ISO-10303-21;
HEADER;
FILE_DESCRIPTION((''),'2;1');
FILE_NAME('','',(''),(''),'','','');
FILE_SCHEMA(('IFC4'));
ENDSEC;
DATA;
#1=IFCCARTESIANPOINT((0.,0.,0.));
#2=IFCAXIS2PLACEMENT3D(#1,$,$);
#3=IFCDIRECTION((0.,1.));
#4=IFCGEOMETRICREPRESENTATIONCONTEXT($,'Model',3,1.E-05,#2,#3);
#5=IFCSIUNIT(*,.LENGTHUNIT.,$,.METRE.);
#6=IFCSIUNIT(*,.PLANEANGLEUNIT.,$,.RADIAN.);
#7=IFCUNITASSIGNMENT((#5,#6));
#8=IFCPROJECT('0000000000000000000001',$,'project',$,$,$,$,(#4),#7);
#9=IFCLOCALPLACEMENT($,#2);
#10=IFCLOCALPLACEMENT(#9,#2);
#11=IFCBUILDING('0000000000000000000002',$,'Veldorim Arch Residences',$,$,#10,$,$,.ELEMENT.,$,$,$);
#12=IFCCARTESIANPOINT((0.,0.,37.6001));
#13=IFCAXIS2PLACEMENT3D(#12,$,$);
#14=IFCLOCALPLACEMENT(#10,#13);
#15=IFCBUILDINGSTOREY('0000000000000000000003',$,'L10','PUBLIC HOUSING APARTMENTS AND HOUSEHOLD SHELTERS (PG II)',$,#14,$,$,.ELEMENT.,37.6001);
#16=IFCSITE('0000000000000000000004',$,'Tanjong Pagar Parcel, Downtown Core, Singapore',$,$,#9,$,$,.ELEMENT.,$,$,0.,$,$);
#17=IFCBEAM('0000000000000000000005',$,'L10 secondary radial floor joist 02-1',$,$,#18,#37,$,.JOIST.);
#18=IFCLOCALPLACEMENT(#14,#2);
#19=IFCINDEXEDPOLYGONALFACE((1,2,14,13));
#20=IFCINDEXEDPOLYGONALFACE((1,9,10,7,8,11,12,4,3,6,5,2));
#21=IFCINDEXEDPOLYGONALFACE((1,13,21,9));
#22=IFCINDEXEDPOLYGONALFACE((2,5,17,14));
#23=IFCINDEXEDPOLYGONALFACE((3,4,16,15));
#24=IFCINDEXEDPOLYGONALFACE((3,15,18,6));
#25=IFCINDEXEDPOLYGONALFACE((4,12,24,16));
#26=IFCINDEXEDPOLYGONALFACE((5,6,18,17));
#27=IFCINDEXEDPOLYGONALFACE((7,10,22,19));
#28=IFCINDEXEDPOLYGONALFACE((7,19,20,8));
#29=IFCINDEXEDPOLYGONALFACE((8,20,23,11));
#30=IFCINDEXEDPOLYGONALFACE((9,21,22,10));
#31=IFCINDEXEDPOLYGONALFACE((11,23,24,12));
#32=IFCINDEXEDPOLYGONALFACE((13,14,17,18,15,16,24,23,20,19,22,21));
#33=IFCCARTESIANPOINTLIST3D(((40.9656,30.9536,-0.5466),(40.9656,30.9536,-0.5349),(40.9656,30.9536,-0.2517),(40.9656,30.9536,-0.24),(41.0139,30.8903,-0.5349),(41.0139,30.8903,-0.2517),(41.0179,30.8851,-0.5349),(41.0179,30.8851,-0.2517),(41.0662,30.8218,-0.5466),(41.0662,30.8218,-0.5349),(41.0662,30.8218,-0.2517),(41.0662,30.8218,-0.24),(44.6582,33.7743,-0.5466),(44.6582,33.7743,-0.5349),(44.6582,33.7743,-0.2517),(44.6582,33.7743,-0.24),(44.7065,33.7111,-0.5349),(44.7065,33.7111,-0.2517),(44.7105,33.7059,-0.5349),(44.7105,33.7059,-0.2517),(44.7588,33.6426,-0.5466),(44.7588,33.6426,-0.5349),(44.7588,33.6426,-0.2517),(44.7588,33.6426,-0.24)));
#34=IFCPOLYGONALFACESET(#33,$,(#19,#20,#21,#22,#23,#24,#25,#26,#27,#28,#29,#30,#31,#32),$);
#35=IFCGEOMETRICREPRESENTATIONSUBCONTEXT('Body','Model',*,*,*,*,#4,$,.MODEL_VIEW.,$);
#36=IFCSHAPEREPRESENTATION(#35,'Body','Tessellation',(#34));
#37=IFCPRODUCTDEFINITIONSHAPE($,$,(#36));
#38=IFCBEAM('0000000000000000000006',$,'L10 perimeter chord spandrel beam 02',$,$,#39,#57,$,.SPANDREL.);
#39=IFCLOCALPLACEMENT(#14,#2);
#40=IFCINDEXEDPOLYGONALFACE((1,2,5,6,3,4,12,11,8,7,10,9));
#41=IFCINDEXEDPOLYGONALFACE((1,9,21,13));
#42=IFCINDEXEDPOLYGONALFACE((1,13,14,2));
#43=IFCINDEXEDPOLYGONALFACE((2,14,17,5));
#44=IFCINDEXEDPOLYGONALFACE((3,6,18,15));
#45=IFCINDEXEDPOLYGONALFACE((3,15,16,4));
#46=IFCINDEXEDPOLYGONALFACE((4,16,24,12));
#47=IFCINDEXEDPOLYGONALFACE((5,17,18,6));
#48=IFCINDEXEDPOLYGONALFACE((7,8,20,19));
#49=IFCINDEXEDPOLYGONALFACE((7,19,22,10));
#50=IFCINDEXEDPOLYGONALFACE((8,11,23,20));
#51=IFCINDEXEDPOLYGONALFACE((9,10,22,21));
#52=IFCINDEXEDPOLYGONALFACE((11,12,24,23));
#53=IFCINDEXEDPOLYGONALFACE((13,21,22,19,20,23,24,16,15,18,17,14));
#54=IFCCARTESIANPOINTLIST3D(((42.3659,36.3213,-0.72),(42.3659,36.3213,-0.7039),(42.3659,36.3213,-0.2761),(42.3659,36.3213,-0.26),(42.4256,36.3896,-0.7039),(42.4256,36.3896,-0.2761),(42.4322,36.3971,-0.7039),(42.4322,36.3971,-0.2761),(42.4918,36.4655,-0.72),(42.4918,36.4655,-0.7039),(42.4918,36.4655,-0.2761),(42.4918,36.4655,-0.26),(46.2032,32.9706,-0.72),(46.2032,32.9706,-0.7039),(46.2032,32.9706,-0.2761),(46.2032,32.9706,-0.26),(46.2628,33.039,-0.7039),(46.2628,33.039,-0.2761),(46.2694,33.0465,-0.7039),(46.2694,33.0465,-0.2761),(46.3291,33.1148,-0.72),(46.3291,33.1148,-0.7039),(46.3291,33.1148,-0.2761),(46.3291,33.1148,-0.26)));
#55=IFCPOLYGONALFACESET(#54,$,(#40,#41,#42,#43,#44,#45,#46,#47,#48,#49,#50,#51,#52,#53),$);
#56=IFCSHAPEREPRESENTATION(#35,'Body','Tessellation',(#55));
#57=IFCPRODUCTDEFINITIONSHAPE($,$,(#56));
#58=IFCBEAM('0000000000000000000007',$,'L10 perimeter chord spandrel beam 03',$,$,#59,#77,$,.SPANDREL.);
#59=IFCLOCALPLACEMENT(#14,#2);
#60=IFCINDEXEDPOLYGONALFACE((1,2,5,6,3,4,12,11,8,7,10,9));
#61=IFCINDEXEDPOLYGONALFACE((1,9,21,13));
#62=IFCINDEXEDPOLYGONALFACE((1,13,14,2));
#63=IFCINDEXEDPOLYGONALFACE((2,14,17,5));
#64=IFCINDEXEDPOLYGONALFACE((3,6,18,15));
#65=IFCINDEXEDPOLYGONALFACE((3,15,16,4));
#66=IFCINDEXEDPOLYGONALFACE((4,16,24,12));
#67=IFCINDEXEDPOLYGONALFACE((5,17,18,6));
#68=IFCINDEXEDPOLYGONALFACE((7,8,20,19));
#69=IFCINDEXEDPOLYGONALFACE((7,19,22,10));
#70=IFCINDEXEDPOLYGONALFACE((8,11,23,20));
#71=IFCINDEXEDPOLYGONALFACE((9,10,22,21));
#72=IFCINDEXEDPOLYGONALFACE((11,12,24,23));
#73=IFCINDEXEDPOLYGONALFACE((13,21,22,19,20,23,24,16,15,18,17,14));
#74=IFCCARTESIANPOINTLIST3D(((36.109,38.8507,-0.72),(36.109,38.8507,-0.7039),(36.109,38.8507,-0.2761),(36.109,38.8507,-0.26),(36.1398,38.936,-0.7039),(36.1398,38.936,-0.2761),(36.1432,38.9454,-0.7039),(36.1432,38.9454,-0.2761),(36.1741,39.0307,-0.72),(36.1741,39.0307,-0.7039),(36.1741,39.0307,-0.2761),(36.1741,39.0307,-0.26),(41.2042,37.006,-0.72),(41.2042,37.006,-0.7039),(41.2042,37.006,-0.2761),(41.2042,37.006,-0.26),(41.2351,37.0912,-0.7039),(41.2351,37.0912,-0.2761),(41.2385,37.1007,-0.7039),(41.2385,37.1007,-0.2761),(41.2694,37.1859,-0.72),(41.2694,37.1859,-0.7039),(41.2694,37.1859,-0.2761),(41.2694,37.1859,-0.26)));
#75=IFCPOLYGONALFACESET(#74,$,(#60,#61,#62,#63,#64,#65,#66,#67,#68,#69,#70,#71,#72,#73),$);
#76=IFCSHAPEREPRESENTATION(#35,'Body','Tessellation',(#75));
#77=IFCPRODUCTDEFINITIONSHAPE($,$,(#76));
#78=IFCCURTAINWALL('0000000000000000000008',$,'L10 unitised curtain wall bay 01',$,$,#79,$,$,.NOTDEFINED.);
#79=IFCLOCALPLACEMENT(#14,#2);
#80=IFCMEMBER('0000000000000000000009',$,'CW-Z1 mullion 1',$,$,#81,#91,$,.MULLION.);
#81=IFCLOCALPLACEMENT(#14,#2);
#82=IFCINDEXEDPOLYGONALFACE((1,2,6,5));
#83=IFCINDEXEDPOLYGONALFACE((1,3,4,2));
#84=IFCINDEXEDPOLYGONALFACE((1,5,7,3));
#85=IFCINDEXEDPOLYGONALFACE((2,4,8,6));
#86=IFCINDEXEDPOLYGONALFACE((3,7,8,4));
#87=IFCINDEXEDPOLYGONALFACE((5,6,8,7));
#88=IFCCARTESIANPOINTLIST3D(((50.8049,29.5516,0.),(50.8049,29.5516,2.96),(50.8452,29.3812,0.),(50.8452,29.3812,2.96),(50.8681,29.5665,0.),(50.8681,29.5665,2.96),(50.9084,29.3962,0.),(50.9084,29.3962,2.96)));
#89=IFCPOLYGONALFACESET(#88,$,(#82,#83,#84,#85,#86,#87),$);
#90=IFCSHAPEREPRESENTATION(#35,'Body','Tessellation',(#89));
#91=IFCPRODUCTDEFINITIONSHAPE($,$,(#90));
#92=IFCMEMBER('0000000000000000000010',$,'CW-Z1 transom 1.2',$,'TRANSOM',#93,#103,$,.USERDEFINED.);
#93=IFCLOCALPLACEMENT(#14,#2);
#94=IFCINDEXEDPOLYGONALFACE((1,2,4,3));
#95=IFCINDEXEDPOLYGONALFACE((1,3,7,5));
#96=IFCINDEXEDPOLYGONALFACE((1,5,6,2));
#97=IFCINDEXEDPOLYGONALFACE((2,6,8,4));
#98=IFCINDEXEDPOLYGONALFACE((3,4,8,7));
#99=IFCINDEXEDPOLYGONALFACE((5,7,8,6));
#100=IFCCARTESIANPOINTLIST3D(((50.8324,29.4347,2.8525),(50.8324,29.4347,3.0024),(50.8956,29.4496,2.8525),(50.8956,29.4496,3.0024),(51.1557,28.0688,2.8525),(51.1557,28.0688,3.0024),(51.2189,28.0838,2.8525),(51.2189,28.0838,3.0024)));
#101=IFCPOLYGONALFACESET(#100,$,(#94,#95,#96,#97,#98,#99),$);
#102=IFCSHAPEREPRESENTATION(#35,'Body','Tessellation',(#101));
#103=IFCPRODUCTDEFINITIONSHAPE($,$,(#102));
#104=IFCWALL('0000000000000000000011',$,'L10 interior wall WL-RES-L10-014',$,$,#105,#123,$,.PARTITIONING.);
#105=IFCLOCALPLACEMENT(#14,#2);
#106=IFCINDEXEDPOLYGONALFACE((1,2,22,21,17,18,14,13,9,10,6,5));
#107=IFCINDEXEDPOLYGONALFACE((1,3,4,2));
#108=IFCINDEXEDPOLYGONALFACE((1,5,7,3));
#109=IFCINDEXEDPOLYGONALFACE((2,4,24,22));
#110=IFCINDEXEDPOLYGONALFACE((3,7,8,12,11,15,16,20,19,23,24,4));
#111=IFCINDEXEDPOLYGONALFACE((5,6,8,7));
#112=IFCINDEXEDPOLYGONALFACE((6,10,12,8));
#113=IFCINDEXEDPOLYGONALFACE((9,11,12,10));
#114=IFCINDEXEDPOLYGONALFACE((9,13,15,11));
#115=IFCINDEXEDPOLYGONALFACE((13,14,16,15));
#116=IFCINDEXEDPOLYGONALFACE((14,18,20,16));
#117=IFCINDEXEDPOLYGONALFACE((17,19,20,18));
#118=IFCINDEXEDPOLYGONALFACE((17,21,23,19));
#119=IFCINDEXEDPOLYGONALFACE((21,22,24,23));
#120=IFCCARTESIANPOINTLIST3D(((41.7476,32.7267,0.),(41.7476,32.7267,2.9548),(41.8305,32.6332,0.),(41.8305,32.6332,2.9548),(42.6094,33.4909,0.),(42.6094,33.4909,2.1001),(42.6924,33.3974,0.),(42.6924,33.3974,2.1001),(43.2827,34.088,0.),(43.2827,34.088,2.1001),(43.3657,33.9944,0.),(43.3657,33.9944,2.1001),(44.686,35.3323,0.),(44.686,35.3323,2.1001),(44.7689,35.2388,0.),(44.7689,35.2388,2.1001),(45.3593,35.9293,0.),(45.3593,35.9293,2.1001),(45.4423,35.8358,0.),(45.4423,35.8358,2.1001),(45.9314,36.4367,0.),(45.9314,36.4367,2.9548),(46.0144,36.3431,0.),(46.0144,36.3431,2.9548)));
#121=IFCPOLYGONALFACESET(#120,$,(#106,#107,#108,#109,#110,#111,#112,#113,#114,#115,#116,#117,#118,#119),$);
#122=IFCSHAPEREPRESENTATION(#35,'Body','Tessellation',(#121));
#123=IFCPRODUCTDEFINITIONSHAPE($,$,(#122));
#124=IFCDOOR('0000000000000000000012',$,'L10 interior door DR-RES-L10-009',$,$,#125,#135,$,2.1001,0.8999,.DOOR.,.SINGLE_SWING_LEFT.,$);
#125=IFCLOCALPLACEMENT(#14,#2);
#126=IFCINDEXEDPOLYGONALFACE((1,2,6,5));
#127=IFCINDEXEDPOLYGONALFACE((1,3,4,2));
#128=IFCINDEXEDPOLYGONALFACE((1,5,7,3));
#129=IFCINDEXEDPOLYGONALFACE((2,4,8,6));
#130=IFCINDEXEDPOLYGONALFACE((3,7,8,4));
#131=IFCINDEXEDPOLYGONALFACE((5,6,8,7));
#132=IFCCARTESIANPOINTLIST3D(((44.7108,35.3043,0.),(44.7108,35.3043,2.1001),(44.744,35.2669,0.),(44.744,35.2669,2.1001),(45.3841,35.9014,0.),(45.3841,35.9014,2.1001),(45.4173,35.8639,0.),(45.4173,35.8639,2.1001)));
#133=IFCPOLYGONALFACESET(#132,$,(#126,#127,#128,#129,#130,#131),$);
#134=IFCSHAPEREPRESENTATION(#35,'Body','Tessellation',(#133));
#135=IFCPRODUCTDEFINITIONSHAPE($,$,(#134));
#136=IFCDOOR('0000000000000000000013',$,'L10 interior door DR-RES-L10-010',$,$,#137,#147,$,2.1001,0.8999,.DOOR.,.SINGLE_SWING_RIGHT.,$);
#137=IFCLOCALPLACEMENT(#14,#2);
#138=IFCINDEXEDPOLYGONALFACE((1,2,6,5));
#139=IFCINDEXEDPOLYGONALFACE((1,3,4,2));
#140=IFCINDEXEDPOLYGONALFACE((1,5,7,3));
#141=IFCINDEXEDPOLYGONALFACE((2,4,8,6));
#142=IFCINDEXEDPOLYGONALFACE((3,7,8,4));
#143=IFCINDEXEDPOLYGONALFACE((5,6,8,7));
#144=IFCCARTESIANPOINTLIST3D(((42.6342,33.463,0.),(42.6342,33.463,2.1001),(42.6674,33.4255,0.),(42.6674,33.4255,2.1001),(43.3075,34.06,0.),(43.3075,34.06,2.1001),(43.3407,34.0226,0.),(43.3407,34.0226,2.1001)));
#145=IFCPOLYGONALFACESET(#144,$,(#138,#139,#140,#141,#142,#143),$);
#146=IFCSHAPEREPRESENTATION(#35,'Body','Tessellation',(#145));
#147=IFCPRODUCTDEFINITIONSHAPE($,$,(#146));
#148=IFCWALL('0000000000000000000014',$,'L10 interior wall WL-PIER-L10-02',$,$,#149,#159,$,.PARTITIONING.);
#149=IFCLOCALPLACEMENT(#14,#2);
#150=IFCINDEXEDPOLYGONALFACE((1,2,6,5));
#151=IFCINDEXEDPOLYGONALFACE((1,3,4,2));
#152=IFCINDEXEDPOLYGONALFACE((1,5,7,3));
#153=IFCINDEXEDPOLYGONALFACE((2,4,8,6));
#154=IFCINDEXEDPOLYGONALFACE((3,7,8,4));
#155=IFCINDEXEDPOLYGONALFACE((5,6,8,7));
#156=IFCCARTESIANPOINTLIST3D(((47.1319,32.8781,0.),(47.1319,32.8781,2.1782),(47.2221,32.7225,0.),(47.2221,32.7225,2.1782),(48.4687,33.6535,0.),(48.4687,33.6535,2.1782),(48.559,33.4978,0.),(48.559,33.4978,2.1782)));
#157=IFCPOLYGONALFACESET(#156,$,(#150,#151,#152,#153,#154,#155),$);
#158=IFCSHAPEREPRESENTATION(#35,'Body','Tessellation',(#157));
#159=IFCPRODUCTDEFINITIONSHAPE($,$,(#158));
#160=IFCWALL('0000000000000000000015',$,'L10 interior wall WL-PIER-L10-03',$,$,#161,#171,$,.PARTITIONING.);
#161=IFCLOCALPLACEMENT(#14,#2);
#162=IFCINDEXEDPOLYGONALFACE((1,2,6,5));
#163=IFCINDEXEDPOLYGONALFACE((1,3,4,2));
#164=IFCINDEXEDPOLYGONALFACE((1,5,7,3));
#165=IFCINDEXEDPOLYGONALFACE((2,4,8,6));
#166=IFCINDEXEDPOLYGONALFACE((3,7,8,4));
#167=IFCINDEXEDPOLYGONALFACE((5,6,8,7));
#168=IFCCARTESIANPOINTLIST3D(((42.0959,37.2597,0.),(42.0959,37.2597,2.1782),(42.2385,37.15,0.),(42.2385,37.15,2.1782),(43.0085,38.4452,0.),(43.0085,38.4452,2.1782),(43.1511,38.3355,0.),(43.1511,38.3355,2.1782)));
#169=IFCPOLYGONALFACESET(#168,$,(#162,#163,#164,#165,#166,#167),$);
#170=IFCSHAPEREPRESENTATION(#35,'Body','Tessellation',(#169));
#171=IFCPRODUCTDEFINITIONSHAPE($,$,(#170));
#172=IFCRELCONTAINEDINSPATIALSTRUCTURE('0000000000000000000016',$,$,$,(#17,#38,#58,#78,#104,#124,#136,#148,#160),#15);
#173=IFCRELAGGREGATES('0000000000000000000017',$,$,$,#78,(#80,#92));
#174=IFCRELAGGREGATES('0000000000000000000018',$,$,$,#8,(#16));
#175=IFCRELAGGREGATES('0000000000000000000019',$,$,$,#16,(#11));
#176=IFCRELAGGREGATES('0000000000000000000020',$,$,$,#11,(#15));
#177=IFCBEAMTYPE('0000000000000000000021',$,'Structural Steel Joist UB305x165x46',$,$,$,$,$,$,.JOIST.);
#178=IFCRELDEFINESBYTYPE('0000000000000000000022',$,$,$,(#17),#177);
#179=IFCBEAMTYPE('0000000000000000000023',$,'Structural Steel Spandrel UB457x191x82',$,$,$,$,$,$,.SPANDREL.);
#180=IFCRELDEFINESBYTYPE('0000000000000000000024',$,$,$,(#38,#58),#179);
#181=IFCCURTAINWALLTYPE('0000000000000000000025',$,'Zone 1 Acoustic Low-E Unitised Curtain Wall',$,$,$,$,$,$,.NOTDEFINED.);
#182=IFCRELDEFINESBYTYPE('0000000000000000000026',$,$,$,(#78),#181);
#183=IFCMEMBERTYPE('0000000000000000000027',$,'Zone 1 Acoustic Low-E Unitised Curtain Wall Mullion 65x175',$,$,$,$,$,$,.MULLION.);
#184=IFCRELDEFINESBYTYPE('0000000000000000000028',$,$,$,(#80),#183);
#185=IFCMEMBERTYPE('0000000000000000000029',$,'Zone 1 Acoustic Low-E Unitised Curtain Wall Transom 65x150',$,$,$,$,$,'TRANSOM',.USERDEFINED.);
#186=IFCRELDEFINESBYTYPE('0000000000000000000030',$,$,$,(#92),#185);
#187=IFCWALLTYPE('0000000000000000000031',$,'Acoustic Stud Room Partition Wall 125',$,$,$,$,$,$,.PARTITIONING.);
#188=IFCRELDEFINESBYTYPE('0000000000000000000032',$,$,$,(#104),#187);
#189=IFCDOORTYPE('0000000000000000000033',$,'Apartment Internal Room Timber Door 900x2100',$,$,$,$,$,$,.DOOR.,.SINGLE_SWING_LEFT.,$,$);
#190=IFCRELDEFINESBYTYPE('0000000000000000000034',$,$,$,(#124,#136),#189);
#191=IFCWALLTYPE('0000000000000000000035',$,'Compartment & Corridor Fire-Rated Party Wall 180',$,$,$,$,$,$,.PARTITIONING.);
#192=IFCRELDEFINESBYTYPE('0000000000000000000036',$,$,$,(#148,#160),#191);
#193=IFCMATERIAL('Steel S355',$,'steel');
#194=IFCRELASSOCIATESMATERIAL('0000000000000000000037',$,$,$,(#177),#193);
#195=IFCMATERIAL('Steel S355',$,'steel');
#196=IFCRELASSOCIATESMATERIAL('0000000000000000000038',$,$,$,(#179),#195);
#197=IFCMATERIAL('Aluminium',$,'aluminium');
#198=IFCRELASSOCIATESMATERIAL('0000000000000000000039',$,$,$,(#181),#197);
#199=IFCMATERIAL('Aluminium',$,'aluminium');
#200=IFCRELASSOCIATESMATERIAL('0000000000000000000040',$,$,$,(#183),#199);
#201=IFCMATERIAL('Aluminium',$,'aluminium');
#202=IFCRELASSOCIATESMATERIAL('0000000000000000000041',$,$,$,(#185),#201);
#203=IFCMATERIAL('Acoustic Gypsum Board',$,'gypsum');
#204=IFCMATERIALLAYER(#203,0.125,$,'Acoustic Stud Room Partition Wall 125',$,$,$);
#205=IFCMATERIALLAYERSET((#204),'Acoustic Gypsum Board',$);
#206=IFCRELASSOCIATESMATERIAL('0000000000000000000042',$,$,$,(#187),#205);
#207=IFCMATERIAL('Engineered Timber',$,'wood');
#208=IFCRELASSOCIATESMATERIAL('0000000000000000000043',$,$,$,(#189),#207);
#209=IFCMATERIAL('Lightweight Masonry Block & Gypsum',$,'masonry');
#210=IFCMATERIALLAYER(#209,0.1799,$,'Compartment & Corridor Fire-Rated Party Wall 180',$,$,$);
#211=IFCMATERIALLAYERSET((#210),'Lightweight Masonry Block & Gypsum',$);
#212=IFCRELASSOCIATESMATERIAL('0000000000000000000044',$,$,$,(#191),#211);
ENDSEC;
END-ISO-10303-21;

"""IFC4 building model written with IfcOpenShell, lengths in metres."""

from ifc_helpers import new_model, si_unit, direction, frame, frame_2d, origin, origin_2d, place, context, subcontext, project, spatial, rectangle, i_section, extrude, material, layer, layer_set, material_profile, profile_set, type_object, element, fill, aggregate, save


model = new_model("IFC4")

# Units and contexts
model_context = context("Model", 3, precision=1e-05, world=origin(), true_north=direction((0.0, 1.0)))
body_context = subcontext(model_context, "Body", "Model", "MODEL_VIEW")
ifc_project = project(units=[si_unit("LENGTHUNIT", "METRE"), si_unit("PLANEANGLEUNIT", "RADIAN")], contexts=[model_context])

# Site, building, storey
site_placement = place(None, origin())
site = spatial("IfcSite", under=ifc_project, at=site_placement, Name="Tanjong Pagar Parcel, Downtown Core, Singapore", CompositionType="ELEMENT", RefElevation=0.0)
building_placement = place(site_placement, origin())
building = spatial("IfcBuilding", under=site, at=building_placement, Name="Veldorim Arch Residences", CompositionType="ELEMENT")
storey_placement = place(building_placement, frame((0.0, 0.0, 37.6001)))
storey = spatial("IfcBuildingStorey", under=building, at=storey_placement, Name="L10", Description="PUBLIC HOUSING APARTMENTS AND HOUSEHOLD SHELTERS (PG II)", CompositionType="ELEMENT", Elevation=37.6001)

# Beams
ifc_material_1 = material(Name="Steel S355", Category="steel")
ifc_material_profile_1 = material_profile(ifc_material_1, i_section(OverallWidth=0.1658, OverallDepth=0.3066, WebThickness=0.0066, FlangeThickness=0.0117, at=origin_2d()), Name="UB305x165x46")
ifc_profile_set_1 = profile_set([ifc_material_profile_1], Name="Steel S355")
beam_type_1 = type_object("IfcBeamType", Name="Structural Steel Joist UB305x165x46", PredefinedType="JOIST", material=ifc_profile_set_1)
beam_1_placement = place(storey_placement, frame((41.0159, 30.8877, -0.3933), z_axis=(0.794666, 0.607046, 0.0), x_axis=(-0.607046, 0.794666, 0.0)))
element("IfcBeam", 1, at=beam_1_placement, inside=storey, type_object=beam_type_1, Name="L10 secondary radial floor joist 02-1", PredefinedType="JOIST", context=body_context, shape_type="SweptSolid", body=[
    extrude(i_section(OverallWidth=0.1658, OverallDepth=0.3066, WebThickness=0.0066, FlangeThickness=0.0117, at=origin_2d()), origin(), (0.0, 0.0, 1.0), 4.6467),
])
ifc_material_2 = material(Name="Steel S355", Category="steel")
ifc_material_profile_2 = material_profile(ifc_material_2, i_section(OverallWidth=0.1914, OverallDepth=0.46, WebThickness=0.01, FlangeThickness=0.0161, at=origin_2d()), Name="UB457x191x82")
ifc_profile_set_2 = profile_set([ifc_material_profile_2], Name="Steel S355")
beam_type_2 = type_object("IfcBeamType", Name="Structural Steel Spandrel UB457x191x82", PredefinedType="SPANDREL", material=ifc_profile_set_2)
beam_2_placement = place(storey_placement, frame((46.2661, 33.0427, -0.49), z_axis=(-0.75325, 0.657734, 0.0), x_axis=(-0.657734, -0.75325, 0.0)))
element("IfcBeam", 2, at=beam_2_placement, inside=storey, type_object=beam_type_2, Name="L10 perimeter chord spandrel beam 02", PredefinedType="SPANDREL", context=body_context, shape_type="SweptSolid", body=[
    extrude(i_section(OverallWidth=0.1914, OverallDepth=0.46, WebThickness=0.01, FlangeThickness=0.0161, at=origin_2d()), origin(), (0.0, 0.0, 1.0), 5.0942),
])
beam_3_placement = place(storey_placement, frame((41.2368, 37.0959, -0.49), z_axis=(-0.940271, 0.340426, 0.0), x_axis=(-0.340426, -0.940271, 0.0)))
element("IfcBeam", 3, at=beam_3_placement, inside=storey, type_object=beam_type_2, Name="L10 perimeter chord spandrel beam 03", PredefinedType="SPANDREL", context=body_context, shape_type="SweptSolid", body=[
    extrude(i_section(OverallWidth=0.1914, OverallDepth=0.46, WebThickness=0.01, FlangeThickness=0.0161, at=origin_2d()), origin(), (0.0, 0.0, 1.0), 5.4189),
])

# Curtain wall, members
ifc_material_3 = material(Name="Aluminium", Category="aluminium")
curtain_wall_type = type_object("IfcCurtainWallType", Name="Zone 1 Acoustic Low-E Unitised Curtain Wall", PredefinedType="NOTDEFINED", material=ifc_material_3)
curtain_wall_placement = place(storey_placement, origin())
curtain_wall = element("IfcCurtainWall", 4, at=curtain_wall_placement, inside=storey, type_object=curtain_wall_type, Name="L10 unitised curtain wall bay 01", PredefinedType="NOTDEFINED")
ifc_material_4 = material(Name="Aluminium", Category="aluminium")
ifc_material_profile_3 = material_profile(ifc_material_4, rectangle(XDim=0.0649, YDim=0.175, at=origin_2d()), Name="ALU_MUL_65x175")
ifc_profile_set_3 = profile_set([ifc_material_profile_3], Name="Aluminium")
member_type_1 = type_object("IfcMemberType", Name="Zone 1 Acoustic Low-E Unitised Curtain Wall Mullion 65x175", PredefinedType="MULLION", material=ifc_profile_set_3)
member_1_placement = place(storey_placement, frame((50.8567, 29.4739, 0.0), z_axis=(0.0, 0.0, 1.0), x_axis=(0.97313, 0.230257, 0.0)))
member_1 = element("IfcMember", 5, at=member_1_placement, type_object=member_type_1, Name="CW-Z1 mullion 1", PredefinedType="MULLION", context=body_context, shape_type="SweptSolid", body=[
    extrude(rectangle(XDim=0.0649, YDim=0.175, at=origin_2d()), origin(), (0.0, 0.0, 1.0), 2.96),
])
ifc_material_5 = material(Name="Aluminium", Category="aluminium")
ifc_material_profile_4 = material_profile(ifc_material_5, rectangle(XDim=0.0649, YDim=0.1499, at=origin_2d()), Name="ALU_TRN_65x150")
ifc_profile_set_4 = profile_set([ifc_material_profile_4], Name="Aluminium")
member_type_2 = type_object("IfcMemberType", Name="Zone 1 Acoustic Low-E Unitised Curtain Wall Transom 65x150", ElementType="TRANSOM", PredefinedType="USERDEFINED", material=ifc_profile_set_4)
member_2_placement = place(storey_placement, frame((50.864, 29.4421, 2.9275), z_axis=(0.230319, -0.973115, 0.0), x_axis=(0.973115, 0.230319, 0.0)))
member_2 = element("IfcMember", 6, at=member_2_placement, type_object=member_type_2, Name="CW-Z1 transom 1.2", ObjectType="TRANSOM", PredefinedType="USERDEFINED", context=body_context, shape_type="SweptSolid", body=[
    extrude(rectangle(XDim=0.0649, YDim=0.1499, at=origin_2d()), origin(), (0.0, 0.0, 1.0), 1.4036),
])
aggregate(curtain_wall, [member_1, member_2])

# Wall, openings, doors
ifc_material_6 = material(Name="Acoustic Gypsum Board", Category="gypsum")
ifc_layer_1 = layer(ifc_material_6, 0.125, Name="Acoustic Stud Room Partition Wall 125")
ifc_layer_set_1 = layer_set([ifc_layer_1], Name="Acoustic Gypsum Board")
wall_type_1 = type_object("IfcWallType", Name="Acoustic Stud Room Partition Wall 125", PredefinedType="PARTITIONING", material=ifc_layer_set_1)
wall_1_placement = place(storey_placement, frame((45.9729, 36.3899, 0.0), z_axis=(0.0, 0.0, 1.0), x_axis=(-0.748209, -0.663464, 0.0)))
wall_1 = element("IfcWall", 7, at=wall_1_placement, inside=storey, type_object=wall_type_1, Name="L10 interior wall WL-RES-L10-014", PredefinedType="PARTITIONING", context=body_context, shape_type="SweptSolid", body=[
    extrude(rectangle(XDim=5.5918, YDim=0.125, at=frame_2d((2.7959, 0.0))), origin(), (0.0, 0.0, 1.0), 2.9548),
])
opening_1_placement = place(wall_1_placement, frame((0.7646, 0.0, 0.0)))
opening_1 = element("IfcOpeningElement", 8, at=opening_1_placement, cuts=wall_1, PredefinedType="OPENING", context=body_context, shape_type="SweptSolid", body=[
    extrude(rectangle(XDim=0.8999, YDim=2.1001, at=frame_2d((0.45, 1.05))), frame((0.0, 0.0725, 0.0), z_axis=(0.0, -1.0, 0.0), x_axis=(1.0, 0.0, 0.0)), (0.0, 0.0, 1.0), 0.145),
])
opening_2_placement = place(wall_1_placement, frame((3.54, 0.0, 0.0)))
opening_2 = element("IfcOpeningElement", 9, at=opening_2_placement, cuts=wall_1, PredefinedType="OPENING", context=body_context, shape_type="SweptSolid", body=[
    extrude(rectangle(XDim=0.8999, YDim=2.1001, at=frame_2d((0.45, 1.05))), frame((0.0, 0.0725, 0.0), z_axis=(0.0, -1.0, 0.0), x_axis=(1.0, 0.0, 0.0)), (0.0, 0.0, 1.0), 0.145),
])
ifc_material_7 = material(Name="Engineered Timber", Category="wood")
door_type_1 = type_object("IfcDoorType", Name="Apartment Internal Room Timber Door 900x2100", OperationType="SINGLE_SWING_LEFT", PredefinedType="DOOR", material=ifc_material_7)
door_1_placement = place(opening_1_placement, origin())
door_1 = element("IfcDoor", 10, at=door_1_placement, inside=storey, type_object=door_type_1, Name="L10 interior door DR-RES-L10-009", OperationType="SINGLE_SWING_LEFT", OverallHeight=2.1001, OverallWidth=0.8999, PredefinedType="DOOR", context=body_context, shape_type="SweptSolid", body=[
    extrude(rectangle(XDim=0.8999, YDim=2.1001, at=frame_2d((0.45, 1.05))), frame((0.0, 0.0249, 0.0), z_axis=(0.0, -1.0, 0.0), x_axis=(1.0, 0.0, 0.0)), (0.0, 0.0, 1.0), 0.05),
])
fill(opening_1, door_1)
door_2_placement = place(opening_2_placement, origin())
door_2 = element("IfcDoor", 11, at=door_2_placement, inside=storey, type_object=door_type_1, Name="L10 interior door DR-RES-L10-010", OperationType="SINGLE_SWING_RIGHT", OverallHeight=2.1001, OverallWidth=0.8999, PredefinedType="DOOR", context=body_context, shape_type="SweptSolid", body=[
    extrude(rectangle(XDim=0.8999, YDim=2.1001, at=frame_2d((0.45, 1.05))), frame((0.0, 0.0249, 0.0), z_axis=(0.0, -1.0, 0.0), x_axis=(1.0, 0.0, 0.0)), (0.0, 0.0, 1.0), 0.05),
])
fill(opening_2, door_2)

# Walls
ifc_material_8 = material(Name="Lightweight Masonry Block & Gypsum", Category="masonry")
ifc_layer_2 = layer(ifc_material_8, 0.1799, Name="Compartment & Corridor Fire-Rated Party Wall 180")
ifc_layer_set_2 = layer_set([ifc_layer_2], Name="Lightweight Masonry Block & Gypsum")
wall_type_2 = type_object("IfcWallType", Name="Compartment & Corridor Fire-Rated Party Wall 180", PredefinedType="PARTITIONING", material=ifc_layer_set_2)
wall_2_placement = place(storey_placement, frame((47.177, 32.8003, 0.0), z_axis=(0.0, 0.0, 1.0), x_axis=(0.865037, 0.501709, 0.0)))
element("IfcWall", 12, at=wall_2_placement, inside=storey, type_object=wall_type_2, Name="L10 interior wall WL-PIER-L10-02", PredefinedType="PARTITIONING", context=body_context, shape_type="SweptSolid", body=[
    extrude(rectangle(XDim=1.5454, YDim=0.1799, at=frame_2d((0.7727, 0.0))), origin(), (0.0, 0.0, 1.0), 2.1782),
])
wall_3_placement = place(storey_placement, frame((42.1672, 37.2048, 0.0), z_axis=(0.0, 0.0, 1.0), x_axis=(0.609979, 0.792418, 0.0)))
element("IfcWall", 13, at=wall_3_placement, inside=storey, type_object=wall_type_2, Name="L10 interior wall WL-PIER-L10-03", PredefinedType="PARTITIONING", context=body_context, shape_type="SweptSolid", body=[
    extrude(rectangle(XDim=1.4961, YDim=0.1799, at=frame_2d((0.748, 0.0))), origin(), (0.0, 0.0, 1.0), 2.1782),
])

save(model, "model.ifc")
